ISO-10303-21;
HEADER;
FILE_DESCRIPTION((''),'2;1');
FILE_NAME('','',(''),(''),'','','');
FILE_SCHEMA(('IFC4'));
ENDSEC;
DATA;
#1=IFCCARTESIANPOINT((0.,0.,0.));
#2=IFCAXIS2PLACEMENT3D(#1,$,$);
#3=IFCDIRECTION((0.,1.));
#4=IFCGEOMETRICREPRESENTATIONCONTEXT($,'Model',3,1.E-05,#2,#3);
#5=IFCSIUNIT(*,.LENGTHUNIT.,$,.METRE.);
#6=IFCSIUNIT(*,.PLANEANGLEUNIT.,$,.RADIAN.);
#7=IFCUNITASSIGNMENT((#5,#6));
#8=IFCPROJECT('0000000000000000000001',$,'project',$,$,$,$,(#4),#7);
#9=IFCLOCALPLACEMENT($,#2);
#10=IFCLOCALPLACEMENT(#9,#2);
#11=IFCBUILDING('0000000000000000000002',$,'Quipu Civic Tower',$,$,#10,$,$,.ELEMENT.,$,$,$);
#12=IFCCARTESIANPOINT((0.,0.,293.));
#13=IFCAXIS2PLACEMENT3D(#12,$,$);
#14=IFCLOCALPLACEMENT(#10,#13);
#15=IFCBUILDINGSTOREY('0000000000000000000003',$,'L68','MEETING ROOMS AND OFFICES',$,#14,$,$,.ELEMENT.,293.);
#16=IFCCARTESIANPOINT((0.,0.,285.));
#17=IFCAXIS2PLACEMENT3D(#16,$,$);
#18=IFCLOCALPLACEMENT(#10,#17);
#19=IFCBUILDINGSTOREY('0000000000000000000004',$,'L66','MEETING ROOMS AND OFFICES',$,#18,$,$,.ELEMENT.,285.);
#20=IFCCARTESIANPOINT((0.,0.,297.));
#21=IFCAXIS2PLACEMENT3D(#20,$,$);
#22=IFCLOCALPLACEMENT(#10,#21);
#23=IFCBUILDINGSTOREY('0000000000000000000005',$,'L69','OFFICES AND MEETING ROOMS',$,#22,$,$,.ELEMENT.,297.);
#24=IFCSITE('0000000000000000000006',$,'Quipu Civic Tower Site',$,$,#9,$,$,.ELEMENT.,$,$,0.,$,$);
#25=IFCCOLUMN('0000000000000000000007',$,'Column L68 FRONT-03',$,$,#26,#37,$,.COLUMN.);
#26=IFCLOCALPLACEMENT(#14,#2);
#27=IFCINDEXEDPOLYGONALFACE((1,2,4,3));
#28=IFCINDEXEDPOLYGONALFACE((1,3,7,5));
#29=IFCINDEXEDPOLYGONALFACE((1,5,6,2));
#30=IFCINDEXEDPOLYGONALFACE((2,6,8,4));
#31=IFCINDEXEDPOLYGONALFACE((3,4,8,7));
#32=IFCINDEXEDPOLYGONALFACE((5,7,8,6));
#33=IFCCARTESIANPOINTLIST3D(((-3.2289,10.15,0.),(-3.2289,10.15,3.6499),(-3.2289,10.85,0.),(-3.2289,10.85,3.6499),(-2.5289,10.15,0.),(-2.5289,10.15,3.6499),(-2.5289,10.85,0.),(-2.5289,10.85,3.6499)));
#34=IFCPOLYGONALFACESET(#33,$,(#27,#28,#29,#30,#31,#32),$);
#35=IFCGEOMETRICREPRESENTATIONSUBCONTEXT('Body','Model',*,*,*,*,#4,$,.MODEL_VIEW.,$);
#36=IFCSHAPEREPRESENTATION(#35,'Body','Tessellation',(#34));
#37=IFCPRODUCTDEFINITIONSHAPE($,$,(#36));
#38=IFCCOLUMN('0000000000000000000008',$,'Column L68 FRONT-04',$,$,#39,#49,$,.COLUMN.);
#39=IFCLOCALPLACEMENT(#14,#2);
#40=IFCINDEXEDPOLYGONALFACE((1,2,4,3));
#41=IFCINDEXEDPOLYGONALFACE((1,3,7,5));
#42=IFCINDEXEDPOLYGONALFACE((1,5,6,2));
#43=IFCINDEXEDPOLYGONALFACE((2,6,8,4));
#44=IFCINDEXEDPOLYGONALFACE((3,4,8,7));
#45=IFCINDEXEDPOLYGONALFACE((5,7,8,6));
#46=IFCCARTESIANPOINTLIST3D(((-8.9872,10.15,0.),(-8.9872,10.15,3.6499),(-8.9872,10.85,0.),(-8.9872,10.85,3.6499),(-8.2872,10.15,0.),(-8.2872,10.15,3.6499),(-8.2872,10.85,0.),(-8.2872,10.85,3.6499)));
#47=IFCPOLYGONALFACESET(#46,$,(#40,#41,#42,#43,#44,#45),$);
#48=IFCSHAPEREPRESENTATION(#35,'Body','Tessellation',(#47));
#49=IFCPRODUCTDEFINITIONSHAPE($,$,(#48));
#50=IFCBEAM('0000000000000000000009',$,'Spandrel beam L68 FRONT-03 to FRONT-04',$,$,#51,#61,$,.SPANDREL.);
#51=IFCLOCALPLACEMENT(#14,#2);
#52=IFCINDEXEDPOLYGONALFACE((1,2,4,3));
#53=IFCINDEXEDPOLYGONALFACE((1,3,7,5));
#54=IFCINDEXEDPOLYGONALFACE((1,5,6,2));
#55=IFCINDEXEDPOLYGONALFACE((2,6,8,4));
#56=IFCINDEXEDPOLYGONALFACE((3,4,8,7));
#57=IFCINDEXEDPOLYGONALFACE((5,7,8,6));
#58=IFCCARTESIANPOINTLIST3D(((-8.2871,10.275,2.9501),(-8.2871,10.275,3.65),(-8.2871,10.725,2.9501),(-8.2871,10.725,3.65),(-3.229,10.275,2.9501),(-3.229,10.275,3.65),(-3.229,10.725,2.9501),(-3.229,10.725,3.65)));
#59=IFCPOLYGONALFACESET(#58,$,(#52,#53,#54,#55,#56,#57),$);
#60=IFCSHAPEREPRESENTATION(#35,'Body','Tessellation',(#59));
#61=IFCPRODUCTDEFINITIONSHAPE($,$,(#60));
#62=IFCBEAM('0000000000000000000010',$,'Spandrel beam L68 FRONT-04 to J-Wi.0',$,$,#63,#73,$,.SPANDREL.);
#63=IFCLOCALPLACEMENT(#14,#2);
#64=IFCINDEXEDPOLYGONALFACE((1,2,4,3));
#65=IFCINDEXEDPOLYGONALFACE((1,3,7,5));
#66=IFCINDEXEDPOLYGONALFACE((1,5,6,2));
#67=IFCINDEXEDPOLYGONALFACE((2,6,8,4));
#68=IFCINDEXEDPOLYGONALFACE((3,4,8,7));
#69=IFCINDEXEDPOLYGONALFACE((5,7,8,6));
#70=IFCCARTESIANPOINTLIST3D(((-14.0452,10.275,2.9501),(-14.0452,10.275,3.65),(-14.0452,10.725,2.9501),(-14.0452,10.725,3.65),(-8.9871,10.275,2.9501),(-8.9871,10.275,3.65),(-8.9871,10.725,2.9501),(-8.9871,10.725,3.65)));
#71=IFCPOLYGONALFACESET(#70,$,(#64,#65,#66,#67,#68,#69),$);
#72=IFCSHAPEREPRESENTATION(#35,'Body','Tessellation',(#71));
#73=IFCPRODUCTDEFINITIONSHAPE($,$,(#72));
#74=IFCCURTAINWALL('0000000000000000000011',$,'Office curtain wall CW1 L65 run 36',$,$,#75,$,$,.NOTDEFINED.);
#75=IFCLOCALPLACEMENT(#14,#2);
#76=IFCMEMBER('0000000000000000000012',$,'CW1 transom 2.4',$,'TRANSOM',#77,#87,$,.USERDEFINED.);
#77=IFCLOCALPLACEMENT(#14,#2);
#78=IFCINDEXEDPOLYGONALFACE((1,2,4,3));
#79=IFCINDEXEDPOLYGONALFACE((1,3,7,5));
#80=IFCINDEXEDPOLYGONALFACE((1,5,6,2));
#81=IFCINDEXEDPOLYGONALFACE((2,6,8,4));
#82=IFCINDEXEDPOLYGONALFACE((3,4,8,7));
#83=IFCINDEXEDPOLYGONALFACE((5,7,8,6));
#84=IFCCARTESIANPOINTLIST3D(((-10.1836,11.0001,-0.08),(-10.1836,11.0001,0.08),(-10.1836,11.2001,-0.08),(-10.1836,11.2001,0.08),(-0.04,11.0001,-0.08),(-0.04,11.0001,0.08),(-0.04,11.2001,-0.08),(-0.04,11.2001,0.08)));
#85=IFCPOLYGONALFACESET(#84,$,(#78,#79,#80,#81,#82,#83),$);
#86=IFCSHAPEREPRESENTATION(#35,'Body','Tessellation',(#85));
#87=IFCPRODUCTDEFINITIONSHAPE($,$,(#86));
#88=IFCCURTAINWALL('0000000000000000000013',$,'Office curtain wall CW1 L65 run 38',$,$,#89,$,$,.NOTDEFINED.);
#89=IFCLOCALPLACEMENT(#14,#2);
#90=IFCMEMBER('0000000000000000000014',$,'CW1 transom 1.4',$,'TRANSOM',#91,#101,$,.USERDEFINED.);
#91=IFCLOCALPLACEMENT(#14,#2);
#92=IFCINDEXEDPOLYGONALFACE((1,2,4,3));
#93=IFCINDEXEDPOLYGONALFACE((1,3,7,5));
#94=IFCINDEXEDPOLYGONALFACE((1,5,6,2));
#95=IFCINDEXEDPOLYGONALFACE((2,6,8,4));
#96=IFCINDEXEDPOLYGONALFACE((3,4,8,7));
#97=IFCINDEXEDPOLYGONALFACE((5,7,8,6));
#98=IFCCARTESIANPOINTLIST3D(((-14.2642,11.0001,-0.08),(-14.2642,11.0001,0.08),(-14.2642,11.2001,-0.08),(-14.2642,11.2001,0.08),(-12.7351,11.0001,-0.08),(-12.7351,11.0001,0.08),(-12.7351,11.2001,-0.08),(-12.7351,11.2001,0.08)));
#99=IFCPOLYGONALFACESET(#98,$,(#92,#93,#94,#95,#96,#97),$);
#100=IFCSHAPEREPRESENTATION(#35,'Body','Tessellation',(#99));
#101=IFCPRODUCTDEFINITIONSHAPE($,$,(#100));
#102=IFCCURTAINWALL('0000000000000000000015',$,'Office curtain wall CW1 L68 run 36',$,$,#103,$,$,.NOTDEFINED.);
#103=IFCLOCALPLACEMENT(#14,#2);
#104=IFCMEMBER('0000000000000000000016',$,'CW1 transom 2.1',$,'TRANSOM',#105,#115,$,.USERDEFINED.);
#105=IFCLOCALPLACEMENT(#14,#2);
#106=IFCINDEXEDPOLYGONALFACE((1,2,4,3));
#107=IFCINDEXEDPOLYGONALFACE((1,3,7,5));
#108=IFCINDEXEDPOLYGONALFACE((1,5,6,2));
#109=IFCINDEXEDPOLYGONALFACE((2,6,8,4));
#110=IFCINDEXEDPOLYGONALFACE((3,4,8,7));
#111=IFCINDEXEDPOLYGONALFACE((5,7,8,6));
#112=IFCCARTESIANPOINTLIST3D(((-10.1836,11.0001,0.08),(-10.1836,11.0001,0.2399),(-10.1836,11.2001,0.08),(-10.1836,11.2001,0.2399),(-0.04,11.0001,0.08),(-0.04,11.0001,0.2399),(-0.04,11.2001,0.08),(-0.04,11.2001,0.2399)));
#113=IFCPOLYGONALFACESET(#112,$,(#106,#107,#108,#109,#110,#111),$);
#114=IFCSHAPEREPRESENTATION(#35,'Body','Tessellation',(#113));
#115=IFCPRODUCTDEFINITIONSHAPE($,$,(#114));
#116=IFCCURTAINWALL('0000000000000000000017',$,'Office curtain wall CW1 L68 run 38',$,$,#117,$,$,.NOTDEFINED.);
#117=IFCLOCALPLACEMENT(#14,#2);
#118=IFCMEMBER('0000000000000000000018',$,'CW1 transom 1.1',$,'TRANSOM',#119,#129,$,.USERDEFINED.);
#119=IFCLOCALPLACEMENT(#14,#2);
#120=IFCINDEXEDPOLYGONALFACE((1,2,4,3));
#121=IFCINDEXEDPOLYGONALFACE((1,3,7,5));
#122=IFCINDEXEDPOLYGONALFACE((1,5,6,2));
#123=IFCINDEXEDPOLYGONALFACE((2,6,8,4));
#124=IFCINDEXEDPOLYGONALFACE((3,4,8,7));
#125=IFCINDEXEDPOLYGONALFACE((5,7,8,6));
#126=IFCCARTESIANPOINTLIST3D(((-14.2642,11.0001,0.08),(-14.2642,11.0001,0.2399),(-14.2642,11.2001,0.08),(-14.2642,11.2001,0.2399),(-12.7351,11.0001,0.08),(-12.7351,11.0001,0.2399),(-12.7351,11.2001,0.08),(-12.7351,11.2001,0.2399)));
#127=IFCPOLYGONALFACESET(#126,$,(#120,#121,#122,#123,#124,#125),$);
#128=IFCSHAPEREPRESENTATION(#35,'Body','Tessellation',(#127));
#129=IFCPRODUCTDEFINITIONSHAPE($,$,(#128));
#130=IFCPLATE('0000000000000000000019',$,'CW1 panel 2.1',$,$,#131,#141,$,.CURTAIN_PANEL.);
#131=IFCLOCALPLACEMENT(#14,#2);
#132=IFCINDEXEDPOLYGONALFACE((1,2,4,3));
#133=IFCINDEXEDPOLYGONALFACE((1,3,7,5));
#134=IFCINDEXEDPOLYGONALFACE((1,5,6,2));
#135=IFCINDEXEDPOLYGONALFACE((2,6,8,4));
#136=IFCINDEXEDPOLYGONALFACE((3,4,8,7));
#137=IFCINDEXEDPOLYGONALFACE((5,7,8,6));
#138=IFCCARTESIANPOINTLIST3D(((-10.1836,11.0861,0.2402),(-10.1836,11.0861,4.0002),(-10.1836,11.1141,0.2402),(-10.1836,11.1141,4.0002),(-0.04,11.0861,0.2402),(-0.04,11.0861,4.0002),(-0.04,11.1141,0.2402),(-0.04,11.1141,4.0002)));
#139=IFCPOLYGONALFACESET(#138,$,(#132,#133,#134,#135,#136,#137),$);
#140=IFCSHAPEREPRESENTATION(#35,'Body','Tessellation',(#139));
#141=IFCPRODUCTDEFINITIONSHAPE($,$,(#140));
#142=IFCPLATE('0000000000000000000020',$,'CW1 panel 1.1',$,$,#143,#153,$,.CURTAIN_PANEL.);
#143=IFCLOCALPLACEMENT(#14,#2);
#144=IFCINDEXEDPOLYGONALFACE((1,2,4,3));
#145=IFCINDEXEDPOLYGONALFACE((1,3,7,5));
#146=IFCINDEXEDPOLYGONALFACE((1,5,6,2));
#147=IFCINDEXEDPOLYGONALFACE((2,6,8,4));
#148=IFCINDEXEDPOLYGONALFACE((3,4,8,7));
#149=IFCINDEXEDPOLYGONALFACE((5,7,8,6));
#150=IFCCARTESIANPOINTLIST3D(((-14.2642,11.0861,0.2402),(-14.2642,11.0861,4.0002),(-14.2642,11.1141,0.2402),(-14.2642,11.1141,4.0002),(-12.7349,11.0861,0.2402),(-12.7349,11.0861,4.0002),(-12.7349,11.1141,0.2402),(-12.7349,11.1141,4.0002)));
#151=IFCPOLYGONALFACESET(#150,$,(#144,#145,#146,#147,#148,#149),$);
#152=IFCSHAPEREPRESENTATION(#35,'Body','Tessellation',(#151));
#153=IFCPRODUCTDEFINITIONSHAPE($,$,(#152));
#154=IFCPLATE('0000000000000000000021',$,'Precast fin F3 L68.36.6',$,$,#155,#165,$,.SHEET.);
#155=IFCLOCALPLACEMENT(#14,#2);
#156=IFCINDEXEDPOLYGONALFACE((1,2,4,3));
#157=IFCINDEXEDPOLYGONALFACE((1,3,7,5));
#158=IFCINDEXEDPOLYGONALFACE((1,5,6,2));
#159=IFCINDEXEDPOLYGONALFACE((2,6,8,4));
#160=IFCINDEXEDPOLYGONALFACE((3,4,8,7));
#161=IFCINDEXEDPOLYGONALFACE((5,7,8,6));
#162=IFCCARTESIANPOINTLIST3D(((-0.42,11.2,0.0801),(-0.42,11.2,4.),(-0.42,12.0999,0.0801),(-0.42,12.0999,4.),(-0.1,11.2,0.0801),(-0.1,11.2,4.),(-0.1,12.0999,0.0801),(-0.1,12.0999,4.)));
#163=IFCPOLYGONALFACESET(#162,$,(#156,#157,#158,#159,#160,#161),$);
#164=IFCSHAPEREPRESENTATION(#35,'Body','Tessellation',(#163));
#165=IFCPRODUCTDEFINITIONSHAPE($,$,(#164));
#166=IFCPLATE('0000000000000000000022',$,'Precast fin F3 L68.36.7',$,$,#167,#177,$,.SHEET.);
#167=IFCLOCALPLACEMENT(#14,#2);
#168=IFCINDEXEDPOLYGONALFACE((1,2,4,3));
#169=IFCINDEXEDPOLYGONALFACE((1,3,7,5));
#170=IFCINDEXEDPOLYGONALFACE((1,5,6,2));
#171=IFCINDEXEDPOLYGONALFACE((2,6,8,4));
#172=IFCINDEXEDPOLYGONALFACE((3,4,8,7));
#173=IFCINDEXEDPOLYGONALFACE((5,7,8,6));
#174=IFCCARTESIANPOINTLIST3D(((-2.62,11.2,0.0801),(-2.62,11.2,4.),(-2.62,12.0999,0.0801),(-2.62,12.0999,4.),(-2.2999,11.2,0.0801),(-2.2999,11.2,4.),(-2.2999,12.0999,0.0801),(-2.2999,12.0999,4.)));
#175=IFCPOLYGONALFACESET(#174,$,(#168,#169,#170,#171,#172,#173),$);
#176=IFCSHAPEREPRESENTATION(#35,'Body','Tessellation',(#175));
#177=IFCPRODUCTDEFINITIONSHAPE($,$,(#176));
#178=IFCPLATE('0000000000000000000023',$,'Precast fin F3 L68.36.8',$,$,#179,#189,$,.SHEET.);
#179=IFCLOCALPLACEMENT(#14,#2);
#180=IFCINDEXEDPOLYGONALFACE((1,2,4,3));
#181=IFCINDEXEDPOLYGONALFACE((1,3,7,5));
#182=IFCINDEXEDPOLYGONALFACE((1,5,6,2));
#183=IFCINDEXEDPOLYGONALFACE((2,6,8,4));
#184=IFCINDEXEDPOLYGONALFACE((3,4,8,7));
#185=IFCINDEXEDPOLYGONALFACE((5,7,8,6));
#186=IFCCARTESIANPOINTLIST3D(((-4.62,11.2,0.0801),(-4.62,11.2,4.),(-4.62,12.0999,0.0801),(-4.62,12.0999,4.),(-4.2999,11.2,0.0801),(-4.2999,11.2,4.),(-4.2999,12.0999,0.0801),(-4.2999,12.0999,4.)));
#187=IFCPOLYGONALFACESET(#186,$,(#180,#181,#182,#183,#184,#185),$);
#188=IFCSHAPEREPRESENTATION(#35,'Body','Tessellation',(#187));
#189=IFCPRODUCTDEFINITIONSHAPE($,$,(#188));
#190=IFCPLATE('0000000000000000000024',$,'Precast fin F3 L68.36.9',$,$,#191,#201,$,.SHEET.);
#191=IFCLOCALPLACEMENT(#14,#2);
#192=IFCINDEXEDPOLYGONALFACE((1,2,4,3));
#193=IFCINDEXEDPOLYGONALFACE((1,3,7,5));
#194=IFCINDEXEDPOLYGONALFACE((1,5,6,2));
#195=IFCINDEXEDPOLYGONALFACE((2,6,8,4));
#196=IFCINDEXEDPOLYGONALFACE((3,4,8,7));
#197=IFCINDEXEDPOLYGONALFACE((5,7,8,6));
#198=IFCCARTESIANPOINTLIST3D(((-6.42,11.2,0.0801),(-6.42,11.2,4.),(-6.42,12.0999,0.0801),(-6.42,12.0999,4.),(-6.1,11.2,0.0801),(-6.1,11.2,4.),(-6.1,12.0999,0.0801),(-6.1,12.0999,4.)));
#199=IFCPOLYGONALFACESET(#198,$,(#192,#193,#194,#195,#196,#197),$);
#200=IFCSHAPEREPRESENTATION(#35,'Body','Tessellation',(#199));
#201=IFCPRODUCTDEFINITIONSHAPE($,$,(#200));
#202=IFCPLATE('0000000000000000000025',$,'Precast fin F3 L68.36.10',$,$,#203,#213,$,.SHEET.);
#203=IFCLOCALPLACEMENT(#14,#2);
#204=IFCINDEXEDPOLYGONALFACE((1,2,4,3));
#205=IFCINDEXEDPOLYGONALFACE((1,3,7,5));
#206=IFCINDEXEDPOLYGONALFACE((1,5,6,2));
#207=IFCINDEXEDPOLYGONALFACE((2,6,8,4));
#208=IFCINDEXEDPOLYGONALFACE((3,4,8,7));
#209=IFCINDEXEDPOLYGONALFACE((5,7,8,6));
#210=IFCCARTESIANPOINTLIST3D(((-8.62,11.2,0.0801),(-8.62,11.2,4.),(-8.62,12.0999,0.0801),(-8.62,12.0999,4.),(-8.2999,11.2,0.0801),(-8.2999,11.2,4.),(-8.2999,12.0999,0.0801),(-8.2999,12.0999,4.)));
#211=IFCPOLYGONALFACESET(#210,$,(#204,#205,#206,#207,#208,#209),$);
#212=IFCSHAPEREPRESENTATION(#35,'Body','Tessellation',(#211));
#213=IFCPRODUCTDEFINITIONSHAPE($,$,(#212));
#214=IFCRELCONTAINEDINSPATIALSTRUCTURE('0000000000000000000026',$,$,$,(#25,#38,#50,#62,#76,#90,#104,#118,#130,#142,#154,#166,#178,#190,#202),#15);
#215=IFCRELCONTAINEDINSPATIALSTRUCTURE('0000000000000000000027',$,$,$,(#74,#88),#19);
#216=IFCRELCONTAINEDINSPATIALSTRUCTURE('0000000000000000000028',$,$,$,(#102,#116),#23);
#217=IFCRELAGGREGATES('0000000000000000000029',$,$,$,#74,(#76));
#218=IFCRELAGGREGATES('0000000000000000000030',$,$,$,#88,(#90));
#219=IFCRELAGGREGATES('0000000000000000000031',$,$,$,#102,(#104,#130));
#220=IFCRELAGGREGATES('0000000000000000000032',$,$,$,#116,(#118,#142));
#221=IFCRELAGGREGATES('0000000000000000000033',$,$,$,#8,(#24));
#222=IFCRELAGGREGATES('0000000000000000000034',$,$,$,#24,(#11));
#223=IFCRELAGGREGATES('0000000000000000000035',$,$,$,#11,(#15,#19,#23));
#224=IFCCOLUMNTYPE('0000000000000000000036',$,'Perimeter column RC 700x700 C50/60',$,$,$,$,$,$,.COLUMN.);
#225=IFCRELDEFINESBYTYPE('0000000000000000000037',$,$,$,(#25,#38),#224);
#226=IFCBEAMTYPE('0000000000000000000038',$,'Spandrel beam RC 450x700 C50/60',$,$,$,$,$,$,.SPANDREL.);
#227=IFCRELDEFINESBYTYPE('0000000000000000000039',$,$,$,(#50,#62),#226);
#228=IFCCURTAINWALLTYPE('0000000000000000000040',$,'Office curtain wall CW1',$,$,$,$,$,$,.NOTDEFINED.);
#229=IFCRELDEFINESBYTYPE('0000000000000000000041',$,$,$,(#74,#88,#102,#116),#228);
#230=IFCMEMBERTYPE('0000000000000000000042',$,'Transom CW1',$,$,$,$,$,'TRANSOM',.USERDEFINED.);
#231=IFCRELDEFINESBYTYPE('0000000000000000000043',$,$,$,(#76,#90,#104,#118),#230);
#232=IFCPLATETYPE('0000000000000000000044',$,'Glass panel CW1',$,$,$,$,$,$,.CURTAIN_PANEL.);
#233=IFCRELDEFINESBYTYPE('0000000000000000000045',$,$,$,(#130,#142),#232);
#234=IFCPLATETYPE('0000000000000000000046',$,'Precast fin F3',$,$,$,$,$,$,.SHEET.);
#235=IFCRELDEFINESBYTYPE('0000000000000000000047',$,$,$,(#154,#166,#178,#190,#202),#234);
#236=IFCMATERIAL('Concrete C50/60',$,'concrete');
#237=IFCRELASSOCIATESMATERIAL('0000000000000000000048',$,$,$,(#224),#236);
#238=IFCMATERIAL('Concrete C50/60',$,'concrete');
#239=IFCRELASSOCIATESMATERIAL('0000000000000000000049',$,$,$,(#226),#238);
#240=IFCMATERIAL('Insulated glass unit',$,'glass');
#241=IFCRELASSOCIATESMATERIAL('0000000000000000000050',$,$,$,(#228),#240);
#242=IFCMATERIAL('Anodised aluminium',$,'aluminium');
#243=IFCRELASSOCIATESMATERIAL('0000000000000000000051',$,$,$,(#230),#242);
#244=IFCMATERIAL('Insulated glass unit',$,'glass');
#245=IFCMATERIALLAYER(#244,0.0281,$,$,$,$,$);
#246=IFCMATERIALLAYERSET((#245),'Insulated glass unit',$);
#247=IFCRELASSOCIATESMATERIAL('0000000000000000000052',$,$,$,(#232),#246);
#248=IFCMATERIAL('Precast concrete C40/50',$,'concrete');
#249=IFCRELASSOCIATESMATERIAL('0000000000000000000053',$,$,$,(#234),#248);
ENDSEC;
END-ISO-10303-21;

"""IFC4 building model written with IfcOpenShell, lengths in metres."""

from ifc_helpers import new_model, si_unit, direction, frame, origin, origin_2d, place, context, subcontext, project, spatial, rectangle, extrude, material, layer, layer_set, material_profile, profile_set, type_object, element, aggregate, save


model = new_model("IFC4")

# Units and contexts
model_context = context("Model", 3, precision=1e-05, world=origin(), true_north=direction((0.0, 1.0)))
body_context = subcontext(model_context, "Body", "Model", "MODEL_VIEW")
ifc_project = project(units=[si_unit("LENGTHUNIT", "METRE"), si_unit("PLANEANGLEUNIT", "RADIAN")], contexts=[model_context])

# Site, building, storey
site_placement = place(None, origin())
site = spatial("IfcSite", under=ifc_project, at=site_placement, Name="Quipu Civic Tower Site", CompositionType="ELEMENT", RefElevation=0.0)
building_placement = place(site_placement, origin())
building = spatial("IfcBuilding", under=site, at=building_placement, Name="Quipu Civic Tower", CompositionType="ELEMENT")
storey_1_placement = place(building_placement, frame((0.0, 0.0, 293.0)))
storey_1 = spatial("IfcBuildingStorey", under=building, at=storey_1_placement, Name="L68", Description="MEETING ROOMS AND OFFICES", CompositionType="ELEMENT", Elevation=293.0)

# Columns
ifc_material_1 = material(Name="Concrete C50/60", Category="concrete")
ifc_material_profile_1 = material_profile(ifc_material_1, rectangle(XDim=0.7, YDim=0.7, at=origin_2d()), Name="RC700x700")
ifc_profile_set_1 = profile_set([ifc_material_profile_1], Name="Concrete C50/60")
column_type = type_object("IfcColumnType", Name="Perimeter column RC 700x700 C50/60", PredefinedType="COLUMN", material=ifc_profile_set_1)
for number, where, z_axis, x_axis, name in (
    (1, (-2.8789, 10.5, 0.0), (0.0, 0.0, 1.0), (-1.0, 0.0, 0.0), "Column L68 FRONT-03"),
    (2, (-8.6372, 10.5, 0.0), (0.0, 0.0, 1.0), (-1.0, 0.0, 0.0), "Column L68 FRONT-04"),
):
    element("IfcColumn", number, at=place(storey_1_placement, frame(where, z_axis=z_axis, x_axis=x_axis)), inside=storey_1, type_object=column_type, Name=name, PredefinedType="COLUMN", context=body_context, shape_type="SweptSolid", body=[
        extrude(rectangle(XDim=0.7, YDim=0.7, at=origin_2d()), origin(), (0.0, 0.0, 1.0), 3.6499),
    ])

# Beams
ifc_material_2 = material(Name="Concrete C50/60", Category="concrete")
ifc_material_profile_2 = material_profile(ifc_material_2, rectangle(XDim=0.45, YDim=0.7, at=origin_2d()), Name="RC450x700")
ifc_profile_set_2 = profile_set([ifc_material_profile_2], Name="Concrete C50/60")
beam_type = type_object("IfcBeamType", Name="Spandrel beam RC 450x700 C50/60", PredefinedType="SPANDREL", material=ifc_profile_set_2)
for number, where, z_axis, x_axis, name in (
    (3, (-3.229, 10.5, 3.3), (-1.0, 0.0, 0.0), (0.0, -1.0, 0.0), "Spandrel beam L68 FRONT-03 to FRONT-04"),
    (4, (-8.9871, 10.5, 3.3), (-1.0, 0.0, 0.0), (0.0, -1.0, 0.0), "Spandrel beam L68 FRONT-04 to J-Wi.0"),
):
    element("IfcBeam", number, at=place(storey_1_placement, frame(where, z_axis=z_axis, x_axis=x_axis)), inside=storey_1, type_object=beam_type, Name=name, PredefinedType="SPANDREL", context=body_context, shape_type="SweptSolid", body=[
        extrude(rectangle(XDim=0.45, YDim=0.7, at=origin_2d()), origin(), (0.0, 0.0, 1.0), 5.0581),
    ])

# Shared definitions
storey_2_placement = place(building_placement, frame((0.0, 0.0, 285.0)))
storey_2 = spatial("IfcBuildingStorey", under=building, at=storey_2_placement, Name="L66", Description="MEETING ROOMS AND OFFICES", CompositionType="ELEMENT", Elevation=285.0)

# Curtain walls, members
ifc_material_3 = material(Name="Insulated glass unit", Category="glass")
curtain_wall_type = type_object("IfcCurtainWallType", Name="Office curtain wall CW1", PredefinedType="NOTDEFINED", material=ifc_material_3)
curtain_wall_1_placement = place(storey_2_placement, origin())
curtain_wall_1 = element("IfcCurtainWall", 5, at=curtain_wall_1_placement, inside=storey_2, type_object=curtain_wall_type, Name="Office curtain wall CW1 L65 run 36", PredefinedType="NOTDEFINED")
ifc_material_4 = material(Name="Anodised aluminium", Category="aluminium")
ifc_material_profile_3 = material_profile(ifc_material_4, rectangle(XDim=0.2, YDim=0.1599, at=origin_2d()), Name="RECT 200x160")
ifc_profile_set_3 = profile_set([ifc_material_profile_3], Name="Anodised aluminium")
member_type = type_object("IfcMemberType", Name="Transom CW1", ElementType="TRANSOM", PredefinedType="USERDEFINED", material=ifc_profile_set_3)
member_1_placement = place(storey_1_placement, frame((-0.04, 11.1001, 0.0), z_axis=(-1.0, 0.0, 0.0), x_axis=(0.0, -1.0, 0.0)))
member_1 = element("IfcMember", 6, at=member_1_placement, inside=storey_1, type_object=member_type, Name="CW1 transom 2.4", ObjectType="TRANSOM", PredefinedType="USERDEFINED", context=body_context, shape_type="SweptSolid", body=[
    extrude(rectangle(XDim=0.2, YDim=0.1599, at=origin_2d()), origin(), (0.0, 0.0, 1.0), 10.1436),
])
aggregate(curtain_wall_1, [member_1])
curtain_wall_2_placement = place(storey_2_placement, origin())
curtain_wall_2 = element("IfcCurtainWall", 7, at=curtain_wall_2_placement, inside=storey_2, type_object=curtain_wall_type, Name="Office curtain wall CW1 L65 run 38", PredefinedType="NOTDEFINED")
member_2_placement = place(storey_1_placement, frame((-12.7351, 11.1001, 0.0), z_axis=(-1.0, 0.0, 0.0), x_axis=(0.0, -1.0, 0.0)))
member_2 = element("IfcMember", 8, at=member_2_placement, inside=storey_1, type_object=member_type, Name="CW1 transom 1.4", ObjectType="TRANSOM", PredefinedType="USERDEFINED", context=body_context, shape_type="SweptSolid", body=[
    extrude(rectangle(XDim=0.2, YDim=0.1599, at=origin_2d()), origin(), (0.0, 0.0, 1.0), 1.5291),
])
aggregate(curtain_wall_2, [member_2])

# Shared definitions
storey_3_placement = place(building_placement, frame((0.0, 0.0, 297.0)))
storey_3 = spatial("IfcBuildingStorey", under=building, at=storey_3_placement, Name="L69", Description="OFFICES AND MEETING ROOMS", CompositionType="ELEMENT", Elevation=297.0)

# Curtain walls, members
curtain_wall_3_placement = place(storey_3_placement, origin())
curtain_wall_3 = element("IfcCurtainWall", 9, at=curtain_wall_3_placement, inside=storey_3, type_object=curtain_wall_type, Name="Office curtain wall CW1 L68 run 36", PredefinedType="NOTDEFINED")
member_3_placement = place(storey_1_placement, frame((-0.04, 11.1001, 0.1599), z_axis=(-1.0, 0.0, 0.0), x_axis=(0.0, -1.0, 0.0)))
member_3 = element("IfcMember", 10, at=member_3_placement, inside=storey_1, type_object=member_type, Name="CW1 transom 2.1", ObjectType="TRANSOM", PredefinedType="USERDEFINED", context=body_context, shape_type="SweptSolid", body=[
    extrude(rectangle(XDim=0.2, YDim=0.1599, at=origin_2d()), origin(), (0.0, 0.0, 1.0), 10.1436),
])
curtain_wall_4_placement = place(storey_3_placement, origin())
curtain_wall_4 = element("IfcCurtainWall", 11, at=curtain_wall_4_placement, inside=storey_3, type_object=curtain_wall_type, Name="Office curtain wall CW1 L68 run 38", PredefinedType="NOTDEFINED")
member_4_placement = place(storey_1_placement, frame((-12.7351, 11.1001, 0.1599), z_axis=(-1.0, 0.0, 0.0), x_axis=(0.0, -1.0, 0.0)))
member_4 = element("IfcMember", 12, at=member_4_placement, inside=storey_1, type_object=member_type, Name="CW1 transom 1.1", ObjectType="TRANSOM", PredefinedType="USERDEFINED", context=body_context, shape_type="SweptSolid", body=[
    extrude(rectangle(XDim=0.2, YDim=0.1599, at=origin_2d()), origin(), (0.0, 0.0, 1.0), 1.5291),
])

# Plates
ifc_material_5 = material(Name="Insulated glass unit", Category="glass")
ifc_layer_1 = layer(ifc_material_5, 0.0281)
ifc_layer_set_1 = layer_set([ifc_layer_1], Name="Insulated glass unit")
plate_type_1 = type_object("IfcPlateType", Name="Glass panel CW1", PredefinedType="CURTAIN_PANEL", material=ifc_layer_set_1)
plate_1_placement = place(storey_1_placement, frame((-5.1118, 11.1001, 0.2402), z_axis=(0.0, 0.0, 1.0), x_axis=(-1.0, 0.0, 0.0)))
plate_1 = element("IfcPlate", 13, at=plate_1_placement, inside=storey_1, type_object=plate_type_1, Name="CW1 panel 2.1", PredefinedType="CURTAIN_PANEL", context=body_context, shape_type="SweptSolid", body=[
    extrude(rectangle(XDim=10.1436, YDim=0.0281, at=origin_2d()), origin(), (0.0, 0.0, 1.0), 3.76),
])
aggregate(curtain_wall_3, [member_3, plate_1])
plate_2_placement = place(storey_1_placement, frame((-13.4995, 11.1001, 0.2402), z_axis=(0.0, 0.0, 1.0), x_axis=(-1.0, 0.0, 0.0)))
plate_2 = element("IfcPlate", 14, at=plate_2_placement, inside=storey_1, type_object=plate_type_1, Name="CW1 panel 1.1", PredefinedType="CURTAIN_PANEL", context=body_context, shape_type="SweptSolid", body=[
    extrude(rectangle(XDim=1.5293, YDim=0.0281, at=origin_2d()), origin(), (0.0, 0.0, 1.0), 3.76),
])
aggregate(curtain_wall_4, [member_4, plate_2])

# Plates
ifc_material_6 = material(Name="Precast concrete C40/50", Category="concrete")
plate_type_2 = type_object("IfcPlateType", Name="Precast fin F3", PredefinedType="SHEET", material=ifc_material_6)
for number, where, z_axis, x_axis, name in (
    (15, (-0.26, 11.6499, 0.0801), (0.0, 0.0, 1.0), (-1.0, 0.0, 0.0), "Precast fin F3 L68.36.6"),
    (16, (-2.46, 11.6499, 0.0801), (0.0, 0.0, 1.0), (-1.0, 0.0, 0.0), "Precast fin F3 L68.36.7"),
    (17, (-4.46, 11.6499, 0.0801), (0.0, 0.0, 1.0), (-1.0, 0.0, 0.0), "Precast fin F3 L68.36.8"),
    (18, (-6.26, 11.6499, 0.0801), (0.0, 0.0, 1.0), (-1.0, 0.0, 0.0), "Precast fin F3 L68.36.9"),
    (19, (-8.46, 11.6499, 0.0801), (0.0, 0.0, 1.0), (-1.0, 0.0, 0.0), "Precast fin F3 L68.36.10"),
):
    element("IfcPlate", number, at=place(storey_1_placement, frame(where, z_axis=z_axis, x_axis=x_axis)), inside=storey_1, type_object=plate_type_2, Name=name, PredefinedType="SHEET", context=body_context, shape_type="SweptSolid", body=[
        extrude(rectangle(XDim=0.3201, YDim=0.8999, at=origin_2d()), origin(), (0.0, 0.0, 1.0), 3.9199),
    ])

save(model, "model.ifc")
